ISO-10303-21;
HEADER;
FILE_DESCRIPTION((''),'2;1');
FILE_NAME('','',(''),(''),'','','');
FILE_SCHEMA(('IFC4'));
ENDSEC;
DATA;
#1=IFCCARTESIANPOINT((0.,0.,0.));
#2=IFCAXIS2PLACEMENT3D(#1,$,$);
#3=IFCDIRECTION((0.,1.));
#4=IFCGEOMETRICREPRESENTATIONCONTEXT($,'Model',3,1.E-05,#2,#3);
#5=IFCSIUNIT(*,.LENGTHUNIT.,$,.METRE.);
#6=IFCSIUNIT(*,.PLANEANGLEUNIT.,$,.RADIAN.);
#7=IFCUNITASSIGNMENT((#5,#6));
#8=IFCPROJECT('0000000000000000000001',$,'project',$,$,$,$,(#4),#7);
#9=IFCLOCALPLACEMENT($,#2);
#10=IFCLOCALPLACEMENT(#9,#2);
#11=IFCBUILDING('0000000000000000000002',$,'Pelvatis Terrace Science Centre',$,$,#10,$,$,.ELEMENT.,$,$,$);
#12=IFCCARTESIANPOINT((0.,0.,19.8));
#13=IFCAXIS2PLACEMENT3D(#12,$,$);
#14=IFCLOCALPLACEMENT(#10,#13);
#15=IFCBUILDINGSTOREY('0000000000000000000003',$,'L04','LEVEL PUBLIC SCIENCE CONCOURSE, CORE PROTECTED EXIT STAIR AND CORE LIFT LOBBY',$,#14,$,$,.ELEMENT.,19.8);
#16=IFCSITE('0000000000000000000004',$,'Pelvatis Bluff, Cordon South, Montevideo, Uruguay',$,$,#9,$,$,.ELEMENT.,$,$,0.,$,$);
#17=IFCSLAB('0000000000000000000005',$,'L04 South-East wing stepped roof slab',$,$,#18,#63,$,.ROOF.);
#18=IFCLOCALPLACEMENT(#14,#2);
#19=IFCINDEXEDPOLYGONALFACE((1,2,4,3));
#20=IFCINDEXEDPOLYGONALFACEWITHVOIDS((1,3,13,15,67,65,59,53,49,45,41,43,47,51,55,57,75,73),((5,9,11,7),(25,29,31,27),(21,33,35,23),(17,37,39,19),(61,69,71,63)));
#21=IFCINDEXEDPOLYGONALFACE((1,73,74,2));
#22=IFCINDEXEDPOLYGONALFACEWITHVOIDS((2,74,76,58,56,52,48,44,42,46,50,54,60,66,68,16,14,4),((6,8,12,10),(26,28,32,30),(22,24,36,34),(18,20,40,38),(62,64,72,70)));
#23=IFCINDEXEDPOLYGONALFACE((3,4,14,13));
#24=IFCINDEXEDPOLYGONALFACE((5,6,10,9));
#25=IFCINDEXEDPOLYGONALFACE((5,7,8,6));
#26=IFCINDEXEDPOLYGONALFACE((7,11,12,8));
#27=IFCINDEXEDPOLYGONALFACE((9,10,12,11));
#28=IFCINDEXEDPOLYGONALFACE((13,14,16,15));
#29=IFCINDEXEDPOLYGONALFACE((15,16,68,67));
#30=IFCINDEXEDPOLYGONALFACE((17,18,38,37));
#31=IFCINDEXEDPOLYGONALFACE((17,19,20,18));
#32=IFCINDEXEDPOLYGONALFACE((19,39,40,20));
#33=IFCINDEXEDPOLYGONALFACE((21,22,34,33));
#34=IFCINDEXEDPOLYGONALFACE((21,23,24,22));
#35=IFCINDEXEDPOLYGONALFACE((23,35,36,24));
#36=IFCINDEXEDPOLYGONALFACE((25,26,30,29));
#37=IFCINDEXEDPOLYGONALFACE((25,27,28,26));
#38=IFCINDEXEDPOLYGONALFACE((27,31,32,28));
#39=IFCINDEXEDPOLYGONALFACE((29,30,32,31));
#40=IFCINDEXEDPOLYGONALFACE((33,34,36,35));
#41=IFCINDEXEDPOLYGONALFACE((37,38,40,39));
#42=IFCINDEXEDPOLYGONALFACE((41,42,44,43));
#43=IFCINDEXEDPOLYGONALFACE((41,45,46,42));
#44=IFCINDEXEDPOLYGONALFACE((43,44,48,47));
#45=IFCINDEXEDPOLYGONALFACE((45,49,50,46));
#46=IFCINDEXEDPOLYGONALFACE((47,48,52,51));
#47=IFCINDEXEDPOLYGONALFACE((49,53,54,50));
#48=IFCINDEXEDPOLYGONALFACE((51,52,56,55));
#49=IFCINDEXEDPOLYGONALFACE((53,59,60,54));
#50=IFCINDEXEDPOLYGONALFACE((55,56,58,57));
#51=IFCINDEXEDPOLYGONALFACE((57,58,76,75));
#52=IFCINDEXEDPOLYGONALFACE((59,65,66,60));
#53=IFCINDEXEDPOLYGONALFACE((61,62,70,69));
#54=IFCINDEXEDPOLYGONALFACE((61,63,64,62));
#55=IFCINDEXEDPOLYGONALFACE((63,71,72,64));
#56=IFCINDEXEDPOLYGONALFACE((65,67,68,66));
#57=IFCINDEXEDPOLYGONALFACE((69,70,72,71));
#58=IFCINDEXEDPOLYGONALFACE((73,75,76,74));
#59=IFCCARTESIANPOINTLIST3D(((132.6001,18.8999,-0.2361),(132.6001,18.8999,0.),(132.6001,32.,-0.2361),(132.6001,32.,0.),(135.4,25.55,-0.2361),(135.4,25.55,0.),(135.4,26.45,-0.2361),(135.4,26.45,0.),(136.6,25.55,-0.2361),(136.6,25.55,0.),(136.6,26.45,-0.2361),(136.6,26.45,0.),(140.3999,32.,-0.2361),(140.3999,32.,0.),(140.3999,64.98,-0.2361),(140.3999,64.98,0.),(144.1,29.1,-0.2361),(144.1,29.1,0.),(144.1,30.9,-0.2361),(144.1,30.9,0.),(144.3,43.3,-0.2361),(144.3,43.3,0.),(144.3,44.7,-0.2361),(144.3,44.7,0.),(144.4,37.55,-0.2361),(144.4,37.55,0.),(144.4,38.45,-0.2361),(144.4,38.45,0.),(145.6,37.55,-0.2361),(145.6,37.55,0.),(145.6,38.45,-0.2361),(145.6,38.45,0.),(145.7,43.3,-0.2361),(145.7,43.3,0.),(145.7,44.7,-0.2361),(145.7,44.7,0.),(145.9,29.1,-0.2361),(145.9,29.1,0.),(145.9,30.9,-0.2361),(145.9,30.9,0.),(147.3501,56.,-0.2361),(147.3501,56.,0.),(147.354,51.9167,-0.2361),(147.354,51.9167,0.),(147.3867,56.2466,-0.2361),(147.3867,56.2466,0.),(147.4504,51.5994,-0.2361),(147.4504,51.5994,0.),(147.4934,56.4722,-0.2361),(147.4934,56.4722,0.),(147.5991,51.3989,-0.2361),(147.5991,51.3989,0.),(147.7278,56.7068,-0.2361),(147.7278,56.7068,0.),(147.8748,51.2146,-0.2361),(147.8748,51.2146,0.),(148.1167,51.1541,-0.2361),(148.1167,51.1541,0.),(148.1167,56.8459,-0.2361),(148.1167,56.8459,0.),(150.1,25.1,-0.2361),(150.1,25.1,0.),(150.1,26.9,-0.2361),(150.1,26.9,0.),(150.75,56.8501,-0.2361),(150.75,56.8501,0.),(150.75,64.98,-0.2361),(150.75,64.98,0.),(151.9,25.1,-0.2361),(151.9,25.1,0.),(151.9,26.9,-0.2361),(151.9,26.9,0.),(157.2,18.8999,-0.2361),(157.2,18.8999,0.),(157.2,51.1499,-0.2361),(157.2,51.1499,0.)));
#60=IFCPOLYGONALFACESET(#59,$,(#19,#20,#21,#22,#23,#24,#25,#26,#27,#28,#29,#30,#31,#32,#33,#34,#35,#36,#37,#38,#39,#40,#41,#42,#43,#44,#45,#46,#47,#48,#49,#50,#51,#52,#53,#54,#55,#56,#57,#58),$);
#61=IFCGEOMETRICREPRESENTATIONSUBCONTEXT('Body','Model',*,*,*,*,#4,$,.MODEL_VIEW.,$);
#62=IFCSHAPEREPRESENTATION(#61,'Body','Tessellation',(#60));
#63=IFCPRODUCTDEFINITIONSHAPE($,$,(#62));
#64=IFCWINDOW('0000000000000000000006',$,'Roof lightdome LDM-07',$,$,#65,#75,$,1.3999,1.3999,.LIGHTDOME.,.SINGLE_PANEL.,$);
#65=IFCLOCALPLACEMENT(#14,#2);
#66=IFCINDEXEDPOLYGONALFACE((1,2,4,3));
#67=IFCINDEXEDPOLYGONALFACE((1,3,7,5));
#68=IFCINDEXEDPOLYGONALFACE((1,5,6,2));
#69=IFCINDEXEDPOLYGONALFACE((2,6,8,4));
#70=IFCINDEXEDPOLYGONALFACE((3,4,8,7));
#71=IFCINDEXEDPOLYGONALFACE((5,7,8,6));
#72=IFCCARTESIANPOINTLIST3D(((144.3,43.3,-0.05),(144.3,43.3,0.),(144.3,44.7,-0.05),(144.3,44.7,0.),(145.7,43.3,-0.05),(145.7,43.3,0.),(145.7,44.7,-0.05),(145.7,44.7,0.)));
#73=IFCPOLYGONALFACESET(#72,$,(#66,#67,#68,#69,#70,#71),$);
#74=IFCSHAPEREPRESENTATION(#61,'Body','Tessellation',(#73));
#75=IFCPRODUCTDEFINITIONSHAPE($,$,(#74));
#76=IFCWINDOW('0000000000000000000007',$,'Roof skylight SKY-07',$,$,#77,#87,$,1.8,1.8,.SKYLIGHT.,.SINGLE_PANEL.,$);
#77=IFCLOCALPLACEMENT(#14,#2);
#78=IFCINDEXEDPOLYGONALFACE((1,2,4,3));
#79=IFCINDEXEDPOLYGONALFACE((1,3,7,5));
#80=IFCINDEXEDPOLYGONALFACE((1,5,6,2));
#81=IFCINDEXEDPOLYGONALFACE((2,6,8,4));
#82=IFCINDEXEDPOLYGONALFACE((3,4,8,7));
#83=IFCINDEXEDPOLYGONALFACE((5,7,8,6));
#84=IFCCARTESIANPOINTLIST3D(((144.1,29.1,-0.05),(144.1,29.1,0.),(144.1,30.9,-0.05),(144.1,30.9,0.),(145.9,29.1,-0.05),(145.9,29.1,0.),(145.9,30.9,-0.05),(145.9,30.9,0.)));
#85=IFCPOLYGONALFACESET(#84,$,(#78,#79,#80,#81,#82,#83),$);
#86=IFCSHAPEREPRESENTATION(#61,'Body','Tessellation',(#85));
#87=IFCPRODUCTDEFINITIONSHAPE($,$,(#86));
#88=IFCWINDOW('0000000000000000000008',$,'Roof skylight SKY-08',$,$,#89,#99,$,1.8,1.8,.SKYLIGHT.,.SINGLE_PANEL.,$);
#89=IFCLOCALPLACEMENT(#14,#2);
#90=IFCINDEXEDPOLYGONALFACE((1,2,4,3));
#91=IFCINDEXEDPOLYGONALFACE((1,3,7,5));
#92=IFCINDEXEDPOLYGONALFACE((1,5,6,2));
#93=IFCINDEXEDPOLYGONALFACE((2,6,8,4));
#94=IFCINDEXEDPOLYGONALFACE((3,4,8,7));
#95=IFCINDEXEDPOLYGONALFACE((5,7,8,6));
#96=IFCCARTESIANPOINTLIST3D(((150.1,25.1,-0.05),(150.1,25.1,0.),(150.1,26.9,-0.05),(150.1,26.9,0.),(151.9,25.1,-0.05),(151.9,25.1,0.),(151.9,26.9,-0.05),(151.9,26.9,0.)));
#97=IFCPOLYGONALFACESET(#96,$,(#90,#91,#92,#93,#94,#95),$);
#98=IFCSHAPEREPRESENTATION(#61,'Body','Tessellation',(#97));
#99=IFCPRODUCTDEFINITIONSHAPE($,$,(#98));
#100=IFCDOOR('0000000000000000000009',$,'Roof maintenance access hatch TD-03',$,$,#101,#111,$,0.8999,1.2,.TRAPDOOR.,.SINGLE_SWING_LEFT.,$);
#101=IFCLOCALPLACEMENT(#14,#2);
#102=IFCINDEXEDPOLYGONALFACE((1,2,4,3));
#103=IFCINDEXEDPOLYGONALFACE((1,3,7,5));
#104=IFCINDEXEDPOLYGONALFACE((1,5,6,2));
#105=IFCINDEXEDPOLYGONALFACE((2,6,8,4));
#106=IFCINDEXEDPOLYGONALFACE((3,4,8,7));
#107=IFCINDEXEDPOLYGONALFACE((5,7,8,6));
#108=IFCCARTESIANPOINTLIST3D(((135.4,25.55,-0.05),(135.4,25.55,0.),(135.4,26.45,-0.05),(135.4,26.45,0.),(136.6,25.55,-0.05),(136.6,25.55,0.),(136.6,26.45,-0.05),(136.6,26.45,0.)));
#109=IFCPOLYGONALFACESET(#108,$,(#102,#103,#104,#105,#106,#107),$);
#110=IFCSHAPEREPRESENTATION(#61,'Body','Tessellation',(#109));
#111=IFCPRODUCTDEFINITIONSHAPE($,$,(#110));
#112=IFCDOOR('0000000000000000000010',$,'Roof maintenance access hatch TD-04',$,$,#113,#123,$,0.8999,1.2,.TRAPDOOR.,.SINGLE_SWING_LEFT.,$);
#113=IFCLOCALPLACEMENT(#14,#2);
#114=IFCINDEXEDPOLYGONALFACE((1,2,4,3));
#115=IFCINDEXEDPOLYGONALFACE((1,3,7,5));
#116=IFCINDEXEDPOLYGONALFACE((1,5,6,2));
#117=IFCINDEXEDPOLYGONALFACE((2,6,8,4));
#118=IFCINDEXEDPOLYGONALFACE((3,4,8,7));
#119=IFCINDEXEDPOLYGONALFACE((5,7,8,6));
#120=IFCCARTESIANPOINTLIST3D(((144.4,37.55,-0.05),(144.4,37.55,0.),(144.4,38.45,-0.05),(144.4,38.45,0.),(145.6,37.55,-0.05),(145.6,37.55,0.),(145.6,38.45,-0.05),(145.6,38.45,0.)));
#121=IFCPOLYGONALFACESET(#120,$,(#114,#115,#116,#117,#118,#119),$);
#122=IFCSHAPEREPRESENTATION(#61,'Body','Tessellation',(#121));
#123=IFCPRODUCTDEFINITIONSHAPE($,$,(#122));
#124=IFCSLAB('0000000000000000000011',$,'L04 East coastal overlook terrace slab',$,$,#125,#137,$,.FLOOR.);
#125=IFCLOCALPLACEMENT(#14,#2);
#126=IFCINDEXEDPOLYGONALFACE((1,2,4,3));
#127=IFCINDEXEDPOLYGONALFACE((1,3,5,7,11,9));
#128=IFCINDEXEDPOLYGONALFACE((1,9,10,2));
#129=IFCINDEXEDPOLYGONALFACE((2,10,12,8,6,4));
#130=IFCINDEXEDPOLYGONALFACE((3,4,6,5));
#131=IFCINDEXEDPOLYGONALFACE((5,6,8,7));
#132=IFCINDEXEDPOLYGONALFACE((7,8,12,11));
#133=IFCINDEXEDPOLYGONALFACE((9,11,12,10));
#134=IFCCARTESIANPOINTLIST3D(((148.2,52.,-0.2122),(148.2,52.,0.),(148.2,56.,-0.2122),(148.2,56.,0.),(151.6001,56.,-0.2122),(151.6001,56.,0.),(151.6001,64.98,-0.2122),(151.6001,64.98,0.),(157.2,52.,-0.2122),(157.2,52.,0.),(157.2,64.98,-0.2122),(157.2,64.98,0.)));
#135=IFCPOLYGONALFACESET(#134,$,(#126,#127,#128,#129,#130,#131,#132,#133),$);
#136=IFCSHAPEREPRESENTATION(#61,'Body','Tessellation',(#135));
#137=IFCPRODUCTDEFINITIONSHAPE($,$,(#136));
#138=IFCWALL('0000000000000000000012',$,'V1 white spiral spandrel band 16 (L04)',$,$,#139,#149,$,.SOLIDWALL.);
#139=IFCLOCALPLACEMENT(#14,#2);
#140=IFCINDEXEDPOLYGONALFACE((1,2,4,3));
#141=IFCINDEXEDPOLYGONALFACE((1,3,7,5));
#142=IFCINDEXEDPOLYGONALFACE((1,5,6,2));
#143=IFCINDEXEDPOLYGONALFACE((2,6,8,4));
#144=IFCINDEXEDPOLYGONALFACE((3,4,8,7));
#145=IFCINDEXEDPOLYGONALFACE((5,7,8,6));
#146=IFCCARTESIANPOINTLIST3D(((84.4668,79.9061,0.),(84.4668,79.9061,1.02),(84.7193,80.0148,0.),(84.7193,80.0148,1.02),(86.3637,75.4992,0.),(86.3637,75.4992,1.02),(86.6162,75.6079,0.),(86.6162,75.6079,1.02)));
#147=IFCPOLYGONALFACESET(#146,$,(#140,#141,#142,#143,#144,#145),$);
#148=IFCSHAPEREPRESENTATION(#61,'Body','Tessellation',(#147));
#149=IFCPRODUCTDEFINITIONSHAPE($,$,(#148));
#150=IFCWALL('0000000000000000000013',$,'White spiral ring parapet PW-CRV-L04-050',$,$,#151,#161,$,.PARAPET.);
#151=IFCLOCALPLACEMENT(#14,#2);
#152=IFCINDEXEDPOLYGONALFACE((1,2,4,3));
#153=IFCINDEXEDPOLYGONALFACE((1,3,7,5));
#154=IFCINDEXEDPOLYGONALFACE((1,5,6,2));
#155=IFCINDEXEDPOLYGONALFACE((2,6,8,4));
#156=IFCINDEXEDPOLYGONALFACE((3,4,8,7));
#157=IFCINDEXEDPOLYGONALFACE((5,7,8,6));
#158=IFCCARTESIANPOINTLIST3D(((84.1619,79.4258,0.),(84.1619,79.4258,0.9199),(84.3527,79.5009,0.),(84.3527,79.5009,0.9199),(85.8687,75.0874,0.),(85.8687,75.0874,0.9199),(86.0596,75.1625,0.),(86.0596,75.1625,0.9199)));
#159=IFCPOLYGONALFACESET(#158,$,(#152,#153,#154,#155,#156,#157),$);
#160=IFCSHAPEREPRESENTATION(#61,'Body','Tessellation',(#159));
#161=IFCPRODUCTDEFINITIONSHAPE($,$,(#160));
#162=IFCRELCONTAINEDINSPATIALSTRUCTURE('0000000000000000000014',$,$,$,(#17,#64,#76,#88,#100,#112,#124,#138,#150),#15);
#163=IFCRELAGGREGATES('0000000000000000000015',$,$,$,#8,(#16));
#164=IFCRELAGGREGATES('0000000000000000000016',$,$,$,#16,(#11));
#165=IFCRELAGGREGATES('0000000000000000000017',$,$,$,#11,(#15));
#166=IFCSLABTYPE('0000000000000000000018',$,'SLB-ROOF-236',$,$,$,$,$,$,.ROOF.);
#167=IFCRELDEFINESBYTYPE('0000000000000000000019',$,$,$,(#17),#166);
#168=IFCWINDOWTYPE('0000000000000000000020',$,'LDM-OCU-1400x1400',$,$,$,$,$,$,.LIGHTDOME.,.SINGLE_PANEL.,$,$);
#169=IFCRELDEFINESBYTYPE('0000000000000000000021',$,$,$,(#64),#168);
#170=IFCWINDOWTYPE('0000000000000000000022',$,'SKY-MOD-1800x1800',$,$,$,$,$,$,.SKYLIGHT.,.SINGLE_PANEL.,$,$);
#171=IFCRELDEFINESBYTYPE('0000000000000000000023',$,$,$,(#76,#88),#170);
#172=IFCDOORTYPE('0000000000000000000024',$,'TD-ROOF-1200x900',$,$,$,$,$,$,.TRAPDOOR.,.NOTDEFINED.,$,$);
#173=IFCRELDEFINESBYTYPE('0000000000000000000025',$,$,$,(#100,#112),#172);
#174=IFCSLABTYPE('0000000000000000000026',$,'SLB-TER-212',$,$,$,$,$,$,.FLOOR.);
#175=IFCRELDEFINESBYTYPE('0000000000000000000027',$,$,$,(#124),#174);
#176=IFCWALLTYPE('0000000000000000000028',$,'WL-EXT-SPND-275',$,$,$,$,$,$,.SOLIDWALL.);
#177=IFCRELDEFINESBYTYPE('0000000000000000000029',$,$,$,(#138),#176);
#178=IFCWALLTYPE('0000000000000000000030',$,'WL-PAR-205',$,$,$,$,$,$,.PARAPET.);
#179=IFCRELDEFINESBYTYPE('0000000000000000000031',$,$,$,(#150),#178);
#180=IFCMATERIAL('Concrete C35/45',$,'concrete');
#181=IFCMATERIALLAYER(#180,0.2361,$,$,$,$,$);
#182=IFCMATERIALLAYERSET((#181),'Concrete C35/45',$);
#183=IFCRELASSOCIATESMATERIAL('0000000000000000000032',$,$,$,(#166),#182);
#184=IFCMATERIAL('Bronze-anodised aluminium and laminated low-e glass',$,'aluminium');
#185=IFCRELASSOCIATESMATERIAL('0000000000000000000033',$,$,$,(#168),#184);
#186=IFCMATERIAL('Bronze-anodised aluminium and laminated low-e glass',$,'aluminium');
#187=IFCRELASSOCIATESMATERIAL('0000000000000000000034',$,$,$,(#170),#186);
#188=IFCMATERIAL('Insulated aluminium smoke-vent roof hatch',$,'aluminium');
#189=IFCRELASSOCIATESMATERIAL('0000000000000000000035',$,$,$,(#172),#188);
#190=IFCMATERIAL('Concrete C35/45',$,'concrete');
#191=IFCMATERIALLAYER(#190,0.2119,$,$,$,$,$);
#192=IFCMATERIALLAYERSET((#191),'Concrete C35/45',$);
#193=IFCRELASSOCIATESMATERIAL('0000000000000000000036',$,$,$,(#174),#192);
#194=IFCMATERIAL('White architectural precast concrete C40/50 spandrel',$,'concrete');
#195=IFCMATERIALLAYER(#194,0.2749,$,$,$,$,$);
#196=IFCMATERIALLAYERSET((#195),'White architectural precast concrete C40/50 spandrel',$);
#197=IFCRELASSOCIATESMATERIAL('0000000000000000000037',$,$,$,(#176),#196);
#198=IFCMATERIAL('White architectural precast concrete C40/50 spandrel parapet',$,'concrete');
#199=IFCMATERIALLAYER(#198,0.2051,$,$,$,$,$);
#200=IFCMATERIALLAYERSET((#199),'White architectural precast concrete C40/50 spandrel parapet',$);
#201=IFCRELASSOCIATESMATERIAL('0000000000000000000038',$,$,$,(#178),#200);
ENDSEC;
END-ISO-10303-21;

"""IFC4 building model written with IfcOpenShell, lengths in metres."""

from ifc_helpers import new_model, si_unit, direction, frame, frame_2d, origin, origin_2d, place, context, subcontext, project, spatial, polyline, rectangle, outline, extrude, material, layer, layer_set, type_object, element, fill, save


model = new_model("IFC4")

# Units and contexts
model_context = context("Model", 3, precision=1e-05, world=origin(), true_north=direction((0.0, 1.0)))
body_context = subcontext(model_context, "Body", "Model", "MODEL_VIEW")
ifc_project = project(units=[si_unit("LENGTHUNIT", "METRE"), si_unit("PLANEANGLEUNIT", "RADIAN")], contexts=[model_context])

# Site, building, storey
site_placement = place(None, origin())
site = spatial("IfcSite", under=ifc_project, at=site_placement, Name="Pelvatis Bluff, Cordon South, Montevideo, Uruguay", CompositionType="ELEMENT", RefElevation=0.0)
building_placement = place(site_placement, origin())
building = spatial("IfcBuilding", under=site, at=building_placement, Name="Pelvatis Terrace Science Centre", CompositionType="ELEMENT")
storey_placement = place(building_placement, frame((0.0, 0.0, 19.8)))
storey = spatial("IfcBuildingStorey", under=building, at=storey_placement, Name="L04", Description="LEVEL PUBLIC SCIENCE CONCOURSE, CORE PROTECTED EXIT STAIR AND CORE LIFT LOBBY", CompositionType="ELEMENT", Elevation=19.8)

# Slab, openings, windows, doors
ifc_material_1 = material(Name="Concrete C35/45", Category="concrete")
ifc_layer_1 = layer(ifc_material_1, 0.2361)
ifc_layer_set_1 = layer_set([ifc_layer_1], Name="Concrete C35/45")
slab_type_1 = type_object("IfcSlabType", Name="SLB-ROOF-236", PredefinedType="ROOF", material=ifc_layer_set_1)
slab_1_placement = place(storey_placement, frame((0.0, 0.0, -0.2361)))
slab_1 = element("IfcSlab", 1, at=slab_1_placement, inside=storey, type_object=slab_type_1, Name="L04 South-East wing stepped roof slab", PredefinedType="ROOF", context=body_context, shape_type="SweptSolid", body=[
    extrude(outline(polyline([(132.6001, 32.0), (140.3999, 32.0), (140.3999, 64.98), (150.75, 64.98), (150.75, 56.8501), (148.1167, 56.8459), (147.7278, 56.7068), (147.4934, 56.4722), (147.3867, 56.2466), (147.3501, 56.0), (147.354, 51.9167), (147.4504, 51.5994), (147.5991, 51.3989), (147.8748, 51.2146), (148.1167, 51.1541), (157.2, 51.1499), (157.2, 18.8999), (132.6001, 18.8999), (132.6001, 32.0)])), origin(), (0.0, 0.0, 1.0), 0.2361),
])
opening_1_placement = place(slab_1_placement, frame((145.0, 30.0, 0.0)))
opening_1 = element("IfcOpeningElement", 2, at=opening_1_placement, cuts=slab_1, PredefinedType="OPENING", context=body_context, shape_type="SweptSolid", body=[
    extrude(rectangle(XDim=1.8, YDim=1.8, at=origin_2d()), origin(), (0.0, 0.0, 1.0), 0.2361),
])
opening_2_placement = place(slab_1_placement, frame((151.0, 26.0, 0.0)))
opening_2 = element("IfcOpeningElement", 3, at=opening_2_placement, cuts=slab_1, PredefinedType="OPENING", context=body_context, shape_type="SweptSolid", body=[
    extrude(rectangle(XDim=1.8, YDim=1.8, at=origin_2d()), origin(), (0.0, 0.0, 1.0), 0.2361),
])
opening_3_placement = place(slab_1_placement, frame((145.0, 44.0, 0.0)))
opening_3 = element("IfcOpeningElement", 4, at=opening_3_placement, cuts=slab_1, PredefinedType="OPENING", context=body_context, shape_type="SweptSolid", body=[
    extrude(rectangle(XDim=1.3999, YDim=1.3999, at=origin_2d()), origin(), (0.0, 0.0, 1.0), 0.2361),
])
opening_4_placement = place(slab_1_placement, frame((136.0, 26.0, 0.0)))
opening_4 = element("IfcOpeningElement", 5, at=opening_4_placement, cuts=slab_1, PredefinedType="OPENING", context=body_context, shape_type="SweptSolid", body=[
    extrude(rectangle(XDim=1.2, YDim=0.8999, at=origin_2d()), origin(), (0.0, 0.0, 1.0), 0.2361),
])
opening_5_placement = place(slab_1_placement, frame((145.0, 38.0, 0.0)))
opening_5 = element("IfcOpeningElement", 6, at=opening_5_placement, cuts=slab_1, PredefinedType="OPENING", context=body_context, shape_type="SweptSolid", body=[
    extrude(rectangle(XDim=1.2, YDim=0.8999, at=origin_2d()), origin(), (0.0, 0.0, 1.0), 0.2361),
])
ifc_material_2 = material(Name="Bronze-anodised aluminium and laminated low-e glass", Category="aluminium")
window_type_1 = type_object("IfcWindowType", Name="LDM-OCU-1400x1400", PartitioningType="SINGLE_PANEL", PredefinedType="LIGHTDOME", material=ifc_material_2)
window_1_placement = place(opening_3_placement, frame((0.0, 0.0, 0.186)))
window_1 = element("IfcWindow", 7, at=window_1_placement, inside=storey, type_object=window_type_1, Name="Roof lightdome LDM-07", OverallHeight=1.3999, OverallWidth=1.3999, PartitioningType="SINGLE_PANEL", PredefinedType="LIGHTDOME", context=body_context, shape_type="SweptSolid", body=[
    extrude(rectangle(XDim=1.3999, YDim=1.3999, at=origin_2d()), origin(), (0.0, 0.0, 1.0), 0.05),
])
fill(opening_3, window_1)
ifc_material_3 = material(Name="Bronze-anodised aluminium and laminated low-e glass", Category="aluminium")
window_type_2 = type_object("IfcWindowType", Name="SKY-MOD-1800x1800", PartitioningType="SINGLE_PANEL", PredefinedType="SKYLIGHT", material=ifc_material_3)
window_2_placement = place(opening_1_placement, frame((0.0, 0.0, 0.186)))
window_2 = element("IfcWindow", 8, at=window_2_placement, inside=storey, type_object=window_type_2, Name="Roof skylight SKY-07", OverallHeight=1.8, OverallWidth=1.8, PartitioningType="SINGLE_PANEL", PredefinedType="SKYLIGHT", context=body_context, shape_type="SweptSolid", body=[
    extrude(rectangle(XDim=1.8, YDim=1.8, at=origin_2d()), origin(), (0.0, 0.0, 1.0), 0.05),
])
fill(opening_1, window_2)
window_3_placement = place(opening_2_placement, frame((0.0, 0.0, 0.186)))
window_3 = element("IfcWindow", 9, at=window_3_placement, inside=storey, type_object=window_type_2, Name="Roof skylight SKY-08", OverallHeight=1.8, OverallWidth=1.8, PartitioningType="SINGLE_PANEL", PredefinedType="SKYLIGHT", context=body_context, shape_type="SweptSolid", body=[
    extrude(rectangle(XDim=1.8, YDim=1.8, at=origin_2d()), origin(), (0.0, 0.0, 1.0), 0.05),
])
fill(opening_2, window_3)
ifc_material_4 = material(Name="Insulated aluminium smoke-vent roof hatch", Category="aluminium")
door_type = type_object("IfcDoorType", Name="TD-ROOF-1200x900", OperationType="NOTDEFINED", PredefinedType="TRAPDOOR", material=ifc_material_4)
door_1_placement = place(opening_4_placement, frame((0.0, 0.0, 0.186)))
door_1 = element("IfcDoor", 10, at=door_1_placement, inside=storey, type_object=door_type, Name="Roof maintenance access hatch TD-03", OperationType="SINGLE_SWING_LEFT", OverallHeight=0.8999, OverallWidth=1.2, PredefinedType="TRAPDOOR", context=body_context, shape_type="SweptSolid", body=[
    extrude(rectangle(XDim=1.2, YDim=0.8999, at=origin_2d()), origin(), (0.0, 0.0, 1.0), 0.05),
])
fill(opening_4, door_1)
door_2_placement = place(opening_5_placement, frame((0.0, 0.0, 0.186)))
door_2 = element("IfcDoor", 11, at=door_2_placement, inside=storey, type_object=door_type, Name="Roof maintenance access hatch TD-04", OperationType="SINGLE_SWING_LEFT", OverallHeight=0.8999, OverallWidth=1.2, PredefinedType="TRAPDOOR", context=body_context, shape_type="SweptSolid", body=[
    extrude(rectangle(XDim=1.2, YDim=0.8999, at=origin_2d()), origin(), (0.0, 0.0, 1.0), 0.05),
])
fill(opening_5, door_2)

# Slab
ifc_material_5 = material(Name="Concrete C35/45", Category="concrete")
ifc_layer_2 = layer(ifc_material_5, 0.2119)
ifc_layer_set_2 = layer_set([ifc_layer_2], Name="Concrete C35/45")
slab_type_2 = type_object("IfcSlabType", Name="SLB-TER-212", PredefinedType="FLOOR", material=ifc_layer_set_2)
slab_2_placement = place(storey_placement, frame((0.0, 0.0, -0.2122)))
element("IfcSlab", 12, at=slab_2_placement, inside=storey, type_object=slab_type_2, Name="L04 East coastal overlook terrace slab", PredefinedType="FLOOR", context=body_context, shape_type="SweptSolid", body=[
    extrude(outline(polyline([(148.2, 56.0), (151.6001, 56.0), (151.6001, 64.98), (157.2, 64.98), (157.2, 52.0), (148.2, 52.0), (148.2, 56.0)])), origin(), (0.0, 0.0, 1.0), 0.2122),
])

# Walls
ifc_material_6 = material(Name="White architectural precast concrete C40/50 spandrel", Category="concrete")
ifc_layer_3 = layer(ifc_material_6, 0.2749)
ifc_layer_set_3 = layer_set([ifc_layer_3], Name="White architectural precast concrete C40/50 spandrel")
wall_type_1 = type_object("IfcWallType", Name="WL-EXT-SPND-275", PredefinedType="SOLIDWALL", material=ifc_layer_set_3)
wall_1_placement = place(storey_placement, frame((84.593, 79.9604, 0.0), z_axis=(0.0, 0.0, 1.0), x_axis=(0.395374, -0.91852, 0.0)))
element("IfcWall", 13, at=wall_1_placement, inside=storey, type_object=wall_type_1, Name="V1 white spiral spandrel band 16 (L04)", PredefinedType="SOLIDWALL", context=body_context, shape_type="SweptSolid", body=[
    extrude(rectangle(XDim=4.7979, YDim=0.2749, at=frame_2d((2.3989, 0.0))), origin(), (0.0, 0.0, 1.0), 1.02),
])
ifc_material_7 = material(Name="White architectural precast concrete C40/50 spandrel parapet", Category="concrete")
ifc_layer_4 = layer(ifc_material_7, 0.2051)
ifc_layer_set_4 = layer_set([ifc_layer_4], Name="White architectural precast concrete C40/50 spandrel parapet")
wall_type_2 = type_object("IfcWallType", Name="WL-PAR-205", PredefinedType="PARAPET", material=ifc_layer_set_4)
wall_2_placement = place(storey_placement, frame((84.2573, 79.4634, 0.0), z_axis=(0.0, 0.0, 1.0), x_axis=(0.366103, -0.930574, 0.0)))
element("IfcWall", 14, at=wall_2_placement, inside=storey, type_object=wall_type_2, Name="White spiral ring parapet PW-CRV-L04-050", PredefinedType="PARAPET", context=body_context, shape_type="SweptSolid", body=[
    extrude(rectangle(XDim=4.6621, YDim=0.2051, at=frame_2d((2.3311, 0.0))), origin(), (0.0, 0.0, 1.0), 0.9199),
])

save(model, "model.ifc")
